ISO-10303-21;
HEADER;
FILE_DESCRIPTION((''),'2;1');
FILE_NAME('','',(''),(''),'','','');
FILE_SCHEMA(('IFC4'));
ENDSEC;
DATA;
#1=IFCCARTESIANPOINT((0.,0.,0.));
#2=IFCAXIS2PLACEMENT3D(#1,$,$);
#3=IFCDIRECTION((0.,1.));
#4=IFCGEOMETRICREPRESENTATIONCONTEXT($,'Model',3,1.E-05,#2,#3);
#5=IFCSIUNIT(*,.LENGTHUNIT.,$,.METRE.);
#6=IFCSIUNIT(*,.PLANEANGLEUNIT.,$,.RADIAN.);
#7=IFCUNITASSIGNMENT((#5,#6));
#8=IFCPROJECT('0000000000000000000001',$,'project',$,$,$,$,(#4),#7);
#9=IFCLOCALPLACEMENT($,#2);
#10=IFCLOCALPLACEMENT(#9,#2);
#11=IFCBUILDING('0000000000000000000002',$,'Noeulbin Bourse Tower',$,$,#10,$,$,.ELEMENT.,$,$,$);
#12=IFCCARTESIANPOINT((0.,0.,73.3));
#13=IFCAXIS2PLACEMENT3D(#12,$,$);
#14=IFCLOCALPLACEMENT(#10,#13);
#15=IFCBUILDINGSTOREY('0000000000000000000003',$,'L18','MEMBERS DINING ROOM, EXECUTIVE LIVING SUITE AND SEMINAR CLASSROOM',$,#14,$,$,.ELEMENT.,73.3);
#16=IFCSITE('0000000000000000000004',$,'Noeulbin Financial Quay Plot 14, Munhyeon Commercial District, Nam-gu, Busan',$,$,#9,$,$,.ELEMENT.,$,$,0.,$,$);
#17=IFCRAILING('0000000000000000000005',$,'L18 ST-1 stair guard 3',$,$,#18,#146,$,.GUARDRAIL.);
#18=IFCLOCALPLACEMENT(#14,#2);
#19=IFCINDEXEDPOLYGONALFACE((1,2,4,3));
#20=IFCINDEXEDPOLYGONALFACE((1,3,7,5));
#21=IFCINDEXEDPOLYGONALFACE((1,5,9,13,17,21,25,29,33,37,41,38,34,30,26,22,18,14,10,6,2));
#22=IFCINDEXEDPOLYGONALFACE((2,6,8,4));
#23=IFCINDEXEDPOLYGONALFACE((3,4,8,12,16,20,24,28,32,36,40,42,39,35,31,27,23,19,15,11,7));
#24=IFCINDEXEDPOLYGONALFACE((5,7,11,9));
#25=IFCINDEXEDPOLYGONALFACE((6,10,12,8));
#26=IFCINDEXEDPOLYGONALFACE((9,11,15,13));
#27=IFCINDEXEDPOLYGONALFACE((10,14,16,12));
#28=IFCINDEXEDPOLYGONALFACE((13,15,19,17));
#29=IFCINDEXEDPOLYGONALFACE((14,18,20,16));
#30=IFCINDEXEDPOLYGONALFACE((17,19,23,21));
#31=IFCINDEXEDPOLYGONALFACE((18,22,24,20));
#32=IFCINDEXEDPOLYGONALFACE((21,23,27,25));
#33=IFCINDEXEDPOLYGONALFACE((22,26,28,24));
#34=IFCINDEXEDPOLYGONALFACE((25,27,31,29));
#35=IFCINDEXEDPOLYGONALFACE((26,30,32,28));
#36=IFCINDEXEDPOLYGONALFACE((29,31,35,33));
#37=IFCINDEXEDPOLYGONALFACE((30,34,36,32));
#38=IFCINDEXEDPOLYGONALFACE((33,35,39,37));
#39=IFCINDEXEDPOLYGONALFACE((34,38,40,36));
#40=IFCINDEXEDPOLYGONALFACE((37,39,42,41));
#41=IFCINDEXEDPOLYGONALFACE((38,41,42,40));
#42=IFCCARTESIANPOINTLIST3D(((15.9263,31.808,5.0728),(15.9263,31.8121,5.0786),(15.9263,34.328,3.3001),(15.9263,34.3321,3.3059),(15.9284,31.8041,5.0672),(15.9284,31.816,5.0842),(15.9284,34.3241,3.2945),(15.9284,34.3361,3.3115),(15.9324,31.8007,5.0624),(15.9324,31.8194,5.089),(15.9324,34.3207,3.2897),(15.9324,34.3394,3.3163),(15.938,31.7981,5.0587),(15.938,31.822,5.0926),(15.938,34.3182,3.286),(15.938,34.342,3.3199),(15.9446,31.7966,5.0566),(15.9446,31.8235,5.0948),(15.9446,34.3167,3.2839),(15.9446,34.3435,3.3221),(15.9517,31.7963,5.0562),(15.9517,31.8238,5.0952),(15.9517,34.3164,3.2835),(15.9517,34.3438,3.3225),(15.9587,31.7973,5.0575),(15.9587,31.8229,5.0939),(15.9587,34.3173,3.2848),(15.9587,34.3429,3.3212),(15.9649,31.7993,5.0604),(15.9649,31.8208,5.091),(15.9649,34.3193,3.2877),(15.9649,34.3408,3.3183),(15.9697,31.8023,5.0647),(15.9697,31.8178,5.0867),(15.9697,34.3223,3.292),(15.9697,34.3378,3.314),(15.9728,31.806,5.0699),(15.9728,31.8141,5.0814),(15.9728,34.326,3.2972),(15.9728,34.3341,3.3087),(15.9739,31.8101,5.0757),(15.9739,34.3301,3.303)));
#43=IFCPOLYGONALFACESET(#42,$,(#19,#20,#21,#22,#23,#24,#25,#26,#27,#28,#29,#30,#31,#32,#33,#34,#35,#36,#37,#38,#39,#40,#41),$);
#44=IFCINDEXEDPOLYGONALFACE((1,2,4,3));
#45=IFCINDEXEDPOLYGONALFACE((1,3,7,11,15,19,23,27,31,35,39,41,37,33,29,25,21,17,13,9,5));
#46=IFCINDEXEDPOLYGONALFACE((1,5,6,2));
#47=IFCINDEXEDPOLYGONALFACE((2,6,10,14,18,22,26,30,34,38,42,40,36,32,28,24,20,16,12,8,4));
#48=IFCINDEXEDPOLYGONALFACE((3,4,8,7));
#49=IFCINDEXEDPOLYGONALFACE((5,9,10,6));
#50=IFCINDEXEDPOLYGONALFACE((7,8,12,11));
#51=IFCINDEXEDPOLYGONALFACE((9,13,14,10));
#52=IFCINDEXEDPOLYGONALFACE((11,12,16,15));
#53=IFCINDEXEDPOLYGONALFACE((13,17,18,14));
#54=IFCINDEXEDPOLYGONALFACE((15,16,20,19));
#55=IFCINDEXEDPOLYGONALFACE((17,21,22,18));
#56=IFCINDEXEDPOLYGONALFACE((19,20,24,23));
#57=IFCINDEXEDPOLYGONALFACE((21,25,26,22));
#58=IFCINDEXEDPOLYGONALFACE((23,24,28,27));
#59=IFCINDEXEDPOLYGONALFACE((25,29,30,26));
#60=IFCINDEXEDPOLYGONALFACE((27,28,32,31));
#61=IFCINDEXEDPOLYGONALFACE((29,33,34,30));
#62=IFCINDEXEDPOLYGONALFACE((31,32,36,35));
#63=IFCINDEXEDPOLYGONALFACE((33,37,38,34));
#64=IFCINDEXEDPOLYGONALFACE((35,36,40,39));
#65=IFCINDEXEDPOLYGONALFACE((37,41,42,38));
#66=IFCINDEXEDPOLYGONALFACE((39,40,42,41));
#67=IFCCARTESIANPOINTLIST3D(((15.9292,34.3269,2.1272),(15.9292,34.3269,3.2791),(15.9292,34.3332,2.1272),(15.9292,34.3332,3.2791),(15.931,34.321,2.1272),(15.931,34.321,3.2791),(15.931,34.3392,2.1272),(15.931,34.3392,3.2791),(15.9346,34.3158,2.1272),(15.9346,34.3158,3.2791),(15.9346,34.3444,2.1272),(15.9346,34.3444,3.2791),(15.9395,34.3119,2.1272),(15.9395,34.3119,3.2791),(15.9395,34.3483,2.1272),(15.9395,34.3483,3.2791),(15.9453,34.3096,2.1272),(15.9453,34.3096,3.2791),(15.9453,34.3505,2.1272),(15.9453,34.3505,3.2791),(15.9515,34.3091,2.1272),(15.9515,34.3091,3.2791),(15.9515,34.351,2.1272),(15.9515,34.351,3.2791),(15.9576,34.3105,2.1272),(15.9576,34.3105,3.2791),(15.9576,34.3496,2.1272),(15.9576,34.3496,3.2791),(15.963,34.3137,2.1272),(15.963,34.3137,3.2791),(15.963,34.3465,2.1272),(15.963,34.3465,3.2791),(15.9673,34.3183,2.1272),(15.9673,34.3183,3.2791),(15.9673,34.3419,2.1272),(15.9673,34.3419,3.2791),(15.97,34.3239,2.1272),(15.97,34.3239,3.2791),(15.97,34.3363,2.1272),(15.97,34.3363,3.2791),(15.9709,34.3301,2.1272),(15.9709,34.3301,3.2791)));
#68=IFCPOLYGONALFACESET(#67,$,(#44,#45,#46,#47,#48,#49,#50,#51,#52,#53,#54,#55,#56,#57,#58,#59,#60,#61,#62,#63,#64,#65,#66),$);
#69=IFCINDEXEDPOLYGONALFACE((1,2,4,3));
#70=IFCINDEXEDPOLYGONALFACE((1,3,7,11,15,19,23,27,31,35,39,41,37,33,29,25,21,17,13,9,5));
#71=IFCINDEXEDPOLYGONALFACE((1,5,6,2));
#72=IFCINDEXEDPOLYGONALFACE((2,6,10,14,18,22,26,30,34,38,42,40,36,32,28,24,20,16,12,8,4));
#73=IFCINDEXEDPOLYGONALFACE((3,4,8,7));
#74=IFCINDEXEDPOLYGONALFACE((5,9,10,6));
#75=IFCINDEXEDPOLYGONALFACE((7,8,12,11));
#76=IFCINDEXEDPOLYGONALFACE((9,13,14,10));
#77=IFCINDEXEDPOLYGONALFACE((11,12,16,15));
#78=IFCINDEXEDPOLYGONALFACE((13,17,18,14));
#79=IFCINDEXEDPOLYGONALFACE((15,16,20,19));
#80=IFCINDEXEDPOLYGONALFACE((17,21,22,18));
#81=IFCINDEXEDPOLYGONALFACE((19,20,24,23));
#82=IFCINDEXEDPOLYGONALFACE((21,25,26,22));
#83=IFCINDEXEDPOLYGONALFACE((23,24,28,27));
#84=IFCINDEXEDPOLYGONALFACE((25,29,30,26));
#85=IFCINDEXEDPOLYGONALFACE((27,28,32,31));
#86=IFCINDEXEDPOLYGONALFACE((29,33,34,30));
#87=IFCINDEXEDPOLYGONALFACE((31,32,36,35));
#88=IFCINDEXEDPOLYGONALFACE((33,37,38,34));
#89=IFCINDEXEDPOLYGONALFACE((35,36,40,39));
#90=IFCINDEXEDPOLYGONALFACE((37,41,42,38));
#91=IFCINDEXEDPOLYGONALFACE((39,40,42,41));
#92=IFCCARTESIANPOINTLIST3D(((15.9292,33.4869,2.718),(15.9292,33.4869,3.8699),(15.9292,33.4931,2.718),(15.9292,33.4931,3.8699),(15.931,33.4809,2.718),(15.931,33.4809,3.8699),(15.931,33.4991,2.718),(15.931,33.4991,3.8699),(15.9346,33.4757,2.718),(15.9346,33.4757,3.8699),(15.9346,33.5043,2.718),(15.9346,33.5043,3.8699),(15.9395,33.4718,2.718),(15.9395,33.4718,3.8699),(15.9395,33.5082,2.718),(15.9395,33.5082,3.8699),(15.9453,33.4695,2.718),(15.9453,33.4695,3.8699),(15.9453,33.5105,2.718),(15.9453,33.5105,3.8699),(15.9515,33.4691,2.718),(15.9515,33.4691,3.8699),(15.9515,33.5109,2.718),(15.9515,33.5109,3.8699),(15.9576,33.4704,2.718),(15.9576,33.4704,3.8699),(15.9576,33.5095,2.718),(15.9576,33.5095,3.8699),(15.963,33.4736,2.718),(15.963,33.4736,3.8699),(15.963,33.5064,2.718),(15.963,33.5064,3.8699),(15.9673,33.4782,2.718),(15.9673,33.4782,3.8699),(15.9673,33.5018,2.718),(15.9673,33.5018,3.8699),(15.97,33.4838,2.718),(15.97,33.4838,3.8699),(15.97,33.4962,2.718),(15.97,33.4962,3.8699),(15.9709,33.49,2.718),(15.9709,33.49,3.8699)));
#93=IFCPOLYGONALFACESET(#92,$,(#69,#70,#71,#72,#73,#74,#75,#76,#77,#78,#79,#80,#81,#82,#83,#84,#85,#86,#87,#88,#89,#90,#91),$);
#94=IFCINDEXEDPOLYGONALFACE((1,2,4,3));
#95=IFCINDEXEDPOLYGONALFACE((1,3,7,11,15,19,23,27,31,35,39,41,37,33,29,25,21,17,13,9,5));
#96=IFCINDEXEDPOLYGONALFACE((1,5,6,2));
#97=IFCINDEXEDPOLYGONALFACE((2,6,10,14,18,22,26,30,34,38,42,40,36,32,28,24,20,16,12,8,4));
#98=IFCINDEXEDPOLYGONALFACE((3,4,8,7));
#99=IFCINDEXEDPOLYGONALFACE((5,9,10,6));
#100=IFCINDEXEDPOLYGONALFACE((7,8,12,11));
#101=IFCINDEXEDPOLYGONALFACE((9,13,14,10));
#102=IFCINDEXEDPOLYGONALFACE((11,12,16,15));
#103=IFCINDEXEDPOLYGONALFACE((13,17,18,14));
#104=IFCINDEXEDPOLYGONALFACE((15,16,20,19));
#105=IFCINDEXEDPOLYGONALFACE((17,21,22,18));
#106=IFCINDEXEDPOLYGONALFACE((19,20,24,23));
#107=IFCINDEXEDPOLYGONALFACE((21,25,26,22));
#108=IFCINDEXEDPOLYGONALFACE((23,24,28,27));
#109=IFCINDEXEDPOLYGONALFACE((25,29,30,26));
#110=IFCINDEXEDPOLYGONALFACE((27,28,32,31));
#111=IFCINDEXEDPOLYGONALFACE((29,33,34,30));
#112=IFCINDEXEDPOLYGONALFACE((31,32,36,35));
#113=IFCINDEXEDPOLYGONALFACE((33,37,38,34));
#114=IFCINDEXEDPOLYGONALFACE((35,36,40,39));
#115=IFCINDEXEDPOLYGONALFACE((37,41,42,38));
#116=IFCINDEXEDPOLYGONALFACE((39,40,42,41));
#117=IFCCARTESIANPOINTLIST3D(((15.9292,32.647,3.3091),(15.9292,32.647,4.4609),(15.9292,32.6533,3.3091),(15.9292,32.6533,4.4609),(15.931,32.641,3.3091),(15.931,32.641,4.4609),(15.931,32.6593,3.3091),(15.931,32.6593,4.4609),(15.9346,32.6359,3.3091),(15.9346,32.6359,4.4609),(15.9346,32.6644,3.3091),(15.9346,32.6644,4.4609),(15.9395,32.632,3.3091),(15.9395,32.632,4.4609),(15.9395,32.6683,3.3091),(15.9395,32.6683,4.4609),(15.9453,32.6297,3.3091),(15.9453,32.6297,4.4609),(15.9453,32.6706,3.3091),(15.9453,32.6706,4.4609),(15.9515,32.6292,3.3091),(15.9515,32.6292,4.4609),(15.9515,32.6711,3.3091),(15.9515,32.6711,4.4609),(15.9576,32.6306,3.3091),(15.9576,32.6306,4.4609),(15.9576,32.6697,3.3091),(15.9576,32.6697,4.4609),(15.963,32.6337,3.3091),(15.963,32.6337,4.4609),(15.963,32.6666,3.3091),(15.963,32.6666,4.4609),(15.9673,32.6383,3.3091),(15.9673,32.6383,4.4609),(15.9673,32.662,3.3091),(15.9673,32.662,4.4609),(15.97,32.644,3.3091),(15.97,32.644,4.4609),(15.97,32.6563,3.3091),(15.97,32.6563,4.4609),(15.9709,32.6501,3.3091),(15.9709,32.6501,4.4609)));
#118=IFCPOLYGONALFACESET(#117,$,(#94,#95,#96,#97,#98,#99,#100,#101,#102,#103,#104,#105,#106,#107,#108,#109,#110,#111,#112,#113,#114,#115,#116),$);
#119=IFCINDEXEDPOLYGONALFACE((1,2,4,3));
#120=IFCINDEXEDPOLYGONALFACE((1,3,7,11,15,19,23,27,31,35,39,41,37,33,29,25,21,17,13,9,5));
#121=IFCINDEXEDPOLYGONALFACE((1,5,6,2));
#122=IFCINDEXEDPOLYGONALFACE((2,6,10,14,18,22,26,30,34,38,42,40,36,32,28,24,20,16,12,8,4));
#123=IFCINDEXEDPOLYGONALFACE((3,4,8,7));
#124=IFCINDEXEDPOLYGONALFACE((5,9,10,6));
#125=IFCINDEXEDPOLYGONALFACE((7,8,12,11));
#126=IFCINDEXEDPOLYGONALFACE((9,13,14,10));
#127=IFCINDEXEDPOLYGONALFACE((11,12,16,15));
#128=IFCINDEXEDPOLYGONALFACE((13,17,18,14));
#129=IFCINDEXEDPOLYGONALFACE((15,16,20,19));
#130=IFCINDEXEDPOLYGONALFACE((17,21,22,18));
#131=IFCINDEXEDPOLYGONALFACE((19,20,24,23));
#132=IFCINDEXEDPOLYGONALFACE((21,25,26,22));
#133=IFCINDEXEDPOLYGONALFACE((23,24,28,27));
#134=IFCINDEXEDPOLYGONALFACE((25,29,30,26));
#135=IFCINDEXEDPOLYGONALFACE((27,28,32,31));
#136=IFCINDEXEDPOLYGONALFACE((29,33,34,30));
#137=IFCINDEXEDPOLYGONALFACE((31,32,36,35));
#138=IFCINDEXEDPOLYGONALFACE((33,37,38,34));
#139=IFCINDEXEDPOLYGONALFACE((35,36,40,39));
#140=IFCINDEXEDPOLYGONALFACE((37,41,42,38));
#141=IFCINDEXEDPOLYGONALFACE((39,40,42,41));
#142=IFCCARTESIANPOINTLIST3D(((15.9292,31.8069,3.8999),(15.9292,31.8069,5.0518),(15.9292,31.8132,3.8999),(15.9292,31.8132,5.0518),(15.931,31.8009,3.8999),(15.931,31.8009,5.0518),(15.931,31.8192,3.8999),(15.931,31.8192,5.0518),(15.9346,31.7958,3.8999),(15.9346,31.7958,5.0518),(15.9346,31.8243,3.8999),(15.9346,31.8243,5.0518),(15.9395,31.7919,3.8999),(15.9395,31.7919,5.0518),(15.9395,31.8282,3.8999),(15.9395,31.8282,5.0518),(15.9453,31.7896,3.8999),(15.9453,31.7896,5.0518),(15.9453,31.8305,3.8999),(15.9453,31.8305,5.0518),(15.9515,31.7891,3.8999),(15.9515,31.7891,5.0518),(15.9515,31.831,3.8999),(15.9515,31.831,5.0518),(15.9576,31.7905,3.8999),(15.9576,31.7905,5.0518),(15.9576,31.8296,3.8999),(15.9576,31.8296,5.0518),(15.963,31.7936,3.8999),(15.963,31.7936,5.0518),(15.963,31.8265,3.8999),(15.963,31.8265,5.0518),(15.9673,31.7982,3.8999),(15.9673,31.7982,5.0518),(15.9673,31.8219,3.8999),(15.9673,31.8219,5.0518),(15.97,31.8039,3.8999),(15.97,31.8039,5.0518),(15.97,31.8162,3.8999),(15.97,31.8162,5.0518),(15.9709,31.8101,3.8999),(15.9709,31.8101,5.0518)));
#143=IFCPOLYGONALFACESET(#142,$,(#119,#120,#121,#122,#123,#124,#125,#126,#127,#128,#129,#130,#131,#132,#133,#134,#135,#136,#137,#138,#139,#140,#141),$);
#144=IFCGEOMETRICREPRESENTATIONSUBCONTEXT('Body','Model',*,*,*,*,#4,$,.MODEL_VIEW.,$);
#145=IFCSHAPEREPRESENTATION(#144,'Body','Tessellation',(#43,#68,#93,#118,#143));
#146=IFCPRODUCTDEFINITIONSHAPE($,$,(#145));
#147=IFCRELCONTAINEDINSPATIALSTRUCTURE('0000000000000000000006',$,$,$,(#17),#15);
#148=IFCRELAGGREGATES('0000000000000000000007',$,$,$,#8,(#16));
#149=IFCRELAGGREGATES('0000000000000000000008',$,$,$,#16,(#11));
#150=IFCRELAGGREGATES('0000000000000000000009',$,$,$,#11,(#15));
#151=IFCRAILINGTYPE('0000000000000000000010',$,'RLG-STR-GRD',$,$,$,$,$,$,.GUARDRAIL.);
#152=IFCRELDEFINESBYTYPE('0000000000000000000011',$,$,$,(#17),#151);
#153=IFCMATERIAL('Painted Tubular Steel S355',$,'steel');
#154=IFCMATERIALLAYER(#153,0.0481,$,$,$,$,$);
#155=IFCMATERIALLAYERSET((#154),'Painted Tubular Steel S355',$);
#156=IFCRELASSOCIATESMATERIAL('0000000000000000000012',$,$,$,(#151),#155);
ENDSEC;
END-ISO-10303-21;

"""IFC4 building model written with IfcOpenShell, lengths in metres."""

from ifc_helpers import new_model, si_unit, direction, frame, origin, origin_2d, place, context, subcontext, project, spatial, circle, extrude, material, layer, layer_set, type_object, element, save


model = new_model("IFC4")

# Units and contexts
model_context = context("Model", 3, precision=1e-05, world=origin(), true_north=direction((0.0, 1.0)))
body_context = subcontext(model_context, "Body", "Model", "MODEL_VIEW")
ifc_project = project(units=[si_unit("LENGTHUNIT", "METRE"), si_unit("PLANEANGLEUNIT", "RADIAN")], contexts=[model_context])

# Site, building, storey
site_placement = place(None, origin())
site = spatial("IfcSite", under=ifc_project, at=site_placement, Name="Noeulbin Financial Quay Plot 14, Munhyeon Commercial District, Nam-gu, Busan", CompositionType="ELEMENT", RefElevation=0.0)
building_placement = place(site_placement, origin())
building = spatial("IfcBuilding", under=site, at=building_placement, Name="Noeulbin Bourse Tower", CompositionType="ELEMENT")
storey_placement = place(building_placement, frame((0.0, 0.0, 73.3)))
storey = spatial("IfcBuildingStorey", under=building, at=storey_placement, Name="L18", Description="MEMBERS DINING ROOM, EXECUTIVE LIVING SUITE AND SEMINAR CLASSROOM", CompositionType="ELEMENT", Elevation=73.3)

# Railing
ifc_material_1 = material(Name="Painted Tubular Steel S355", Category="steel")
ifc_layer_1 = layer(ifc_material_1, 0.0481)
ifc_layer_set_1 = layer_set([ifc_layer_1], Name="Painted Tubular Steel S355")
railing_type_1 = type_object("IfcRailingType", Name="RLG-STR-GRD", PredefinedType="GUARDRAIL", material=ifc_layer_set_1)
railing_1_placement = place(storey_placement, frame((15.95, 34.3301, 2.1272)))
element("IfcRailing", 1, at=railing_1_placement, inside=storey, type_object=railing_type_1, Name="L18 ST-1 stair guard 3", PredefinedType="GUARDRAIL", context=body_context, shape_type="SweptSolid", body=[
    extrude(circle(Radius=0.0239, at=origin_2d()), frame((0.0, 0.0, 1.1758), z_axis=(0.0, -0.817904, 0.575354), x_axis=(1.0, 0.0, 0.0)), (0.0, 0.0, 1.0), 3.0811),
    extrude(circle(Radius=0.021, at=origin_2d()), origin(), (0.0, 0.0, 1.0), 1.1519),
    extrude(circle(Radius=0.021, at=origin_2d()), frame((0.0, -0.8401, 0.5908)), (0.0, 0.0, 1.0), 1.1519),
    extrude(circle(Radius=0.021, at=origin_2d()), frame((0.0, -1.6799, 1.1819)), (0.0, 0.0, 1.0), 1.1519),
    extrude(circle(Radius=0.021, at=origin_2d()), frame((0.0, -2.52, 1.7727)), (0.0, 0.0, 1.0), 1.1519),
])

save(model, "model.ifc")
